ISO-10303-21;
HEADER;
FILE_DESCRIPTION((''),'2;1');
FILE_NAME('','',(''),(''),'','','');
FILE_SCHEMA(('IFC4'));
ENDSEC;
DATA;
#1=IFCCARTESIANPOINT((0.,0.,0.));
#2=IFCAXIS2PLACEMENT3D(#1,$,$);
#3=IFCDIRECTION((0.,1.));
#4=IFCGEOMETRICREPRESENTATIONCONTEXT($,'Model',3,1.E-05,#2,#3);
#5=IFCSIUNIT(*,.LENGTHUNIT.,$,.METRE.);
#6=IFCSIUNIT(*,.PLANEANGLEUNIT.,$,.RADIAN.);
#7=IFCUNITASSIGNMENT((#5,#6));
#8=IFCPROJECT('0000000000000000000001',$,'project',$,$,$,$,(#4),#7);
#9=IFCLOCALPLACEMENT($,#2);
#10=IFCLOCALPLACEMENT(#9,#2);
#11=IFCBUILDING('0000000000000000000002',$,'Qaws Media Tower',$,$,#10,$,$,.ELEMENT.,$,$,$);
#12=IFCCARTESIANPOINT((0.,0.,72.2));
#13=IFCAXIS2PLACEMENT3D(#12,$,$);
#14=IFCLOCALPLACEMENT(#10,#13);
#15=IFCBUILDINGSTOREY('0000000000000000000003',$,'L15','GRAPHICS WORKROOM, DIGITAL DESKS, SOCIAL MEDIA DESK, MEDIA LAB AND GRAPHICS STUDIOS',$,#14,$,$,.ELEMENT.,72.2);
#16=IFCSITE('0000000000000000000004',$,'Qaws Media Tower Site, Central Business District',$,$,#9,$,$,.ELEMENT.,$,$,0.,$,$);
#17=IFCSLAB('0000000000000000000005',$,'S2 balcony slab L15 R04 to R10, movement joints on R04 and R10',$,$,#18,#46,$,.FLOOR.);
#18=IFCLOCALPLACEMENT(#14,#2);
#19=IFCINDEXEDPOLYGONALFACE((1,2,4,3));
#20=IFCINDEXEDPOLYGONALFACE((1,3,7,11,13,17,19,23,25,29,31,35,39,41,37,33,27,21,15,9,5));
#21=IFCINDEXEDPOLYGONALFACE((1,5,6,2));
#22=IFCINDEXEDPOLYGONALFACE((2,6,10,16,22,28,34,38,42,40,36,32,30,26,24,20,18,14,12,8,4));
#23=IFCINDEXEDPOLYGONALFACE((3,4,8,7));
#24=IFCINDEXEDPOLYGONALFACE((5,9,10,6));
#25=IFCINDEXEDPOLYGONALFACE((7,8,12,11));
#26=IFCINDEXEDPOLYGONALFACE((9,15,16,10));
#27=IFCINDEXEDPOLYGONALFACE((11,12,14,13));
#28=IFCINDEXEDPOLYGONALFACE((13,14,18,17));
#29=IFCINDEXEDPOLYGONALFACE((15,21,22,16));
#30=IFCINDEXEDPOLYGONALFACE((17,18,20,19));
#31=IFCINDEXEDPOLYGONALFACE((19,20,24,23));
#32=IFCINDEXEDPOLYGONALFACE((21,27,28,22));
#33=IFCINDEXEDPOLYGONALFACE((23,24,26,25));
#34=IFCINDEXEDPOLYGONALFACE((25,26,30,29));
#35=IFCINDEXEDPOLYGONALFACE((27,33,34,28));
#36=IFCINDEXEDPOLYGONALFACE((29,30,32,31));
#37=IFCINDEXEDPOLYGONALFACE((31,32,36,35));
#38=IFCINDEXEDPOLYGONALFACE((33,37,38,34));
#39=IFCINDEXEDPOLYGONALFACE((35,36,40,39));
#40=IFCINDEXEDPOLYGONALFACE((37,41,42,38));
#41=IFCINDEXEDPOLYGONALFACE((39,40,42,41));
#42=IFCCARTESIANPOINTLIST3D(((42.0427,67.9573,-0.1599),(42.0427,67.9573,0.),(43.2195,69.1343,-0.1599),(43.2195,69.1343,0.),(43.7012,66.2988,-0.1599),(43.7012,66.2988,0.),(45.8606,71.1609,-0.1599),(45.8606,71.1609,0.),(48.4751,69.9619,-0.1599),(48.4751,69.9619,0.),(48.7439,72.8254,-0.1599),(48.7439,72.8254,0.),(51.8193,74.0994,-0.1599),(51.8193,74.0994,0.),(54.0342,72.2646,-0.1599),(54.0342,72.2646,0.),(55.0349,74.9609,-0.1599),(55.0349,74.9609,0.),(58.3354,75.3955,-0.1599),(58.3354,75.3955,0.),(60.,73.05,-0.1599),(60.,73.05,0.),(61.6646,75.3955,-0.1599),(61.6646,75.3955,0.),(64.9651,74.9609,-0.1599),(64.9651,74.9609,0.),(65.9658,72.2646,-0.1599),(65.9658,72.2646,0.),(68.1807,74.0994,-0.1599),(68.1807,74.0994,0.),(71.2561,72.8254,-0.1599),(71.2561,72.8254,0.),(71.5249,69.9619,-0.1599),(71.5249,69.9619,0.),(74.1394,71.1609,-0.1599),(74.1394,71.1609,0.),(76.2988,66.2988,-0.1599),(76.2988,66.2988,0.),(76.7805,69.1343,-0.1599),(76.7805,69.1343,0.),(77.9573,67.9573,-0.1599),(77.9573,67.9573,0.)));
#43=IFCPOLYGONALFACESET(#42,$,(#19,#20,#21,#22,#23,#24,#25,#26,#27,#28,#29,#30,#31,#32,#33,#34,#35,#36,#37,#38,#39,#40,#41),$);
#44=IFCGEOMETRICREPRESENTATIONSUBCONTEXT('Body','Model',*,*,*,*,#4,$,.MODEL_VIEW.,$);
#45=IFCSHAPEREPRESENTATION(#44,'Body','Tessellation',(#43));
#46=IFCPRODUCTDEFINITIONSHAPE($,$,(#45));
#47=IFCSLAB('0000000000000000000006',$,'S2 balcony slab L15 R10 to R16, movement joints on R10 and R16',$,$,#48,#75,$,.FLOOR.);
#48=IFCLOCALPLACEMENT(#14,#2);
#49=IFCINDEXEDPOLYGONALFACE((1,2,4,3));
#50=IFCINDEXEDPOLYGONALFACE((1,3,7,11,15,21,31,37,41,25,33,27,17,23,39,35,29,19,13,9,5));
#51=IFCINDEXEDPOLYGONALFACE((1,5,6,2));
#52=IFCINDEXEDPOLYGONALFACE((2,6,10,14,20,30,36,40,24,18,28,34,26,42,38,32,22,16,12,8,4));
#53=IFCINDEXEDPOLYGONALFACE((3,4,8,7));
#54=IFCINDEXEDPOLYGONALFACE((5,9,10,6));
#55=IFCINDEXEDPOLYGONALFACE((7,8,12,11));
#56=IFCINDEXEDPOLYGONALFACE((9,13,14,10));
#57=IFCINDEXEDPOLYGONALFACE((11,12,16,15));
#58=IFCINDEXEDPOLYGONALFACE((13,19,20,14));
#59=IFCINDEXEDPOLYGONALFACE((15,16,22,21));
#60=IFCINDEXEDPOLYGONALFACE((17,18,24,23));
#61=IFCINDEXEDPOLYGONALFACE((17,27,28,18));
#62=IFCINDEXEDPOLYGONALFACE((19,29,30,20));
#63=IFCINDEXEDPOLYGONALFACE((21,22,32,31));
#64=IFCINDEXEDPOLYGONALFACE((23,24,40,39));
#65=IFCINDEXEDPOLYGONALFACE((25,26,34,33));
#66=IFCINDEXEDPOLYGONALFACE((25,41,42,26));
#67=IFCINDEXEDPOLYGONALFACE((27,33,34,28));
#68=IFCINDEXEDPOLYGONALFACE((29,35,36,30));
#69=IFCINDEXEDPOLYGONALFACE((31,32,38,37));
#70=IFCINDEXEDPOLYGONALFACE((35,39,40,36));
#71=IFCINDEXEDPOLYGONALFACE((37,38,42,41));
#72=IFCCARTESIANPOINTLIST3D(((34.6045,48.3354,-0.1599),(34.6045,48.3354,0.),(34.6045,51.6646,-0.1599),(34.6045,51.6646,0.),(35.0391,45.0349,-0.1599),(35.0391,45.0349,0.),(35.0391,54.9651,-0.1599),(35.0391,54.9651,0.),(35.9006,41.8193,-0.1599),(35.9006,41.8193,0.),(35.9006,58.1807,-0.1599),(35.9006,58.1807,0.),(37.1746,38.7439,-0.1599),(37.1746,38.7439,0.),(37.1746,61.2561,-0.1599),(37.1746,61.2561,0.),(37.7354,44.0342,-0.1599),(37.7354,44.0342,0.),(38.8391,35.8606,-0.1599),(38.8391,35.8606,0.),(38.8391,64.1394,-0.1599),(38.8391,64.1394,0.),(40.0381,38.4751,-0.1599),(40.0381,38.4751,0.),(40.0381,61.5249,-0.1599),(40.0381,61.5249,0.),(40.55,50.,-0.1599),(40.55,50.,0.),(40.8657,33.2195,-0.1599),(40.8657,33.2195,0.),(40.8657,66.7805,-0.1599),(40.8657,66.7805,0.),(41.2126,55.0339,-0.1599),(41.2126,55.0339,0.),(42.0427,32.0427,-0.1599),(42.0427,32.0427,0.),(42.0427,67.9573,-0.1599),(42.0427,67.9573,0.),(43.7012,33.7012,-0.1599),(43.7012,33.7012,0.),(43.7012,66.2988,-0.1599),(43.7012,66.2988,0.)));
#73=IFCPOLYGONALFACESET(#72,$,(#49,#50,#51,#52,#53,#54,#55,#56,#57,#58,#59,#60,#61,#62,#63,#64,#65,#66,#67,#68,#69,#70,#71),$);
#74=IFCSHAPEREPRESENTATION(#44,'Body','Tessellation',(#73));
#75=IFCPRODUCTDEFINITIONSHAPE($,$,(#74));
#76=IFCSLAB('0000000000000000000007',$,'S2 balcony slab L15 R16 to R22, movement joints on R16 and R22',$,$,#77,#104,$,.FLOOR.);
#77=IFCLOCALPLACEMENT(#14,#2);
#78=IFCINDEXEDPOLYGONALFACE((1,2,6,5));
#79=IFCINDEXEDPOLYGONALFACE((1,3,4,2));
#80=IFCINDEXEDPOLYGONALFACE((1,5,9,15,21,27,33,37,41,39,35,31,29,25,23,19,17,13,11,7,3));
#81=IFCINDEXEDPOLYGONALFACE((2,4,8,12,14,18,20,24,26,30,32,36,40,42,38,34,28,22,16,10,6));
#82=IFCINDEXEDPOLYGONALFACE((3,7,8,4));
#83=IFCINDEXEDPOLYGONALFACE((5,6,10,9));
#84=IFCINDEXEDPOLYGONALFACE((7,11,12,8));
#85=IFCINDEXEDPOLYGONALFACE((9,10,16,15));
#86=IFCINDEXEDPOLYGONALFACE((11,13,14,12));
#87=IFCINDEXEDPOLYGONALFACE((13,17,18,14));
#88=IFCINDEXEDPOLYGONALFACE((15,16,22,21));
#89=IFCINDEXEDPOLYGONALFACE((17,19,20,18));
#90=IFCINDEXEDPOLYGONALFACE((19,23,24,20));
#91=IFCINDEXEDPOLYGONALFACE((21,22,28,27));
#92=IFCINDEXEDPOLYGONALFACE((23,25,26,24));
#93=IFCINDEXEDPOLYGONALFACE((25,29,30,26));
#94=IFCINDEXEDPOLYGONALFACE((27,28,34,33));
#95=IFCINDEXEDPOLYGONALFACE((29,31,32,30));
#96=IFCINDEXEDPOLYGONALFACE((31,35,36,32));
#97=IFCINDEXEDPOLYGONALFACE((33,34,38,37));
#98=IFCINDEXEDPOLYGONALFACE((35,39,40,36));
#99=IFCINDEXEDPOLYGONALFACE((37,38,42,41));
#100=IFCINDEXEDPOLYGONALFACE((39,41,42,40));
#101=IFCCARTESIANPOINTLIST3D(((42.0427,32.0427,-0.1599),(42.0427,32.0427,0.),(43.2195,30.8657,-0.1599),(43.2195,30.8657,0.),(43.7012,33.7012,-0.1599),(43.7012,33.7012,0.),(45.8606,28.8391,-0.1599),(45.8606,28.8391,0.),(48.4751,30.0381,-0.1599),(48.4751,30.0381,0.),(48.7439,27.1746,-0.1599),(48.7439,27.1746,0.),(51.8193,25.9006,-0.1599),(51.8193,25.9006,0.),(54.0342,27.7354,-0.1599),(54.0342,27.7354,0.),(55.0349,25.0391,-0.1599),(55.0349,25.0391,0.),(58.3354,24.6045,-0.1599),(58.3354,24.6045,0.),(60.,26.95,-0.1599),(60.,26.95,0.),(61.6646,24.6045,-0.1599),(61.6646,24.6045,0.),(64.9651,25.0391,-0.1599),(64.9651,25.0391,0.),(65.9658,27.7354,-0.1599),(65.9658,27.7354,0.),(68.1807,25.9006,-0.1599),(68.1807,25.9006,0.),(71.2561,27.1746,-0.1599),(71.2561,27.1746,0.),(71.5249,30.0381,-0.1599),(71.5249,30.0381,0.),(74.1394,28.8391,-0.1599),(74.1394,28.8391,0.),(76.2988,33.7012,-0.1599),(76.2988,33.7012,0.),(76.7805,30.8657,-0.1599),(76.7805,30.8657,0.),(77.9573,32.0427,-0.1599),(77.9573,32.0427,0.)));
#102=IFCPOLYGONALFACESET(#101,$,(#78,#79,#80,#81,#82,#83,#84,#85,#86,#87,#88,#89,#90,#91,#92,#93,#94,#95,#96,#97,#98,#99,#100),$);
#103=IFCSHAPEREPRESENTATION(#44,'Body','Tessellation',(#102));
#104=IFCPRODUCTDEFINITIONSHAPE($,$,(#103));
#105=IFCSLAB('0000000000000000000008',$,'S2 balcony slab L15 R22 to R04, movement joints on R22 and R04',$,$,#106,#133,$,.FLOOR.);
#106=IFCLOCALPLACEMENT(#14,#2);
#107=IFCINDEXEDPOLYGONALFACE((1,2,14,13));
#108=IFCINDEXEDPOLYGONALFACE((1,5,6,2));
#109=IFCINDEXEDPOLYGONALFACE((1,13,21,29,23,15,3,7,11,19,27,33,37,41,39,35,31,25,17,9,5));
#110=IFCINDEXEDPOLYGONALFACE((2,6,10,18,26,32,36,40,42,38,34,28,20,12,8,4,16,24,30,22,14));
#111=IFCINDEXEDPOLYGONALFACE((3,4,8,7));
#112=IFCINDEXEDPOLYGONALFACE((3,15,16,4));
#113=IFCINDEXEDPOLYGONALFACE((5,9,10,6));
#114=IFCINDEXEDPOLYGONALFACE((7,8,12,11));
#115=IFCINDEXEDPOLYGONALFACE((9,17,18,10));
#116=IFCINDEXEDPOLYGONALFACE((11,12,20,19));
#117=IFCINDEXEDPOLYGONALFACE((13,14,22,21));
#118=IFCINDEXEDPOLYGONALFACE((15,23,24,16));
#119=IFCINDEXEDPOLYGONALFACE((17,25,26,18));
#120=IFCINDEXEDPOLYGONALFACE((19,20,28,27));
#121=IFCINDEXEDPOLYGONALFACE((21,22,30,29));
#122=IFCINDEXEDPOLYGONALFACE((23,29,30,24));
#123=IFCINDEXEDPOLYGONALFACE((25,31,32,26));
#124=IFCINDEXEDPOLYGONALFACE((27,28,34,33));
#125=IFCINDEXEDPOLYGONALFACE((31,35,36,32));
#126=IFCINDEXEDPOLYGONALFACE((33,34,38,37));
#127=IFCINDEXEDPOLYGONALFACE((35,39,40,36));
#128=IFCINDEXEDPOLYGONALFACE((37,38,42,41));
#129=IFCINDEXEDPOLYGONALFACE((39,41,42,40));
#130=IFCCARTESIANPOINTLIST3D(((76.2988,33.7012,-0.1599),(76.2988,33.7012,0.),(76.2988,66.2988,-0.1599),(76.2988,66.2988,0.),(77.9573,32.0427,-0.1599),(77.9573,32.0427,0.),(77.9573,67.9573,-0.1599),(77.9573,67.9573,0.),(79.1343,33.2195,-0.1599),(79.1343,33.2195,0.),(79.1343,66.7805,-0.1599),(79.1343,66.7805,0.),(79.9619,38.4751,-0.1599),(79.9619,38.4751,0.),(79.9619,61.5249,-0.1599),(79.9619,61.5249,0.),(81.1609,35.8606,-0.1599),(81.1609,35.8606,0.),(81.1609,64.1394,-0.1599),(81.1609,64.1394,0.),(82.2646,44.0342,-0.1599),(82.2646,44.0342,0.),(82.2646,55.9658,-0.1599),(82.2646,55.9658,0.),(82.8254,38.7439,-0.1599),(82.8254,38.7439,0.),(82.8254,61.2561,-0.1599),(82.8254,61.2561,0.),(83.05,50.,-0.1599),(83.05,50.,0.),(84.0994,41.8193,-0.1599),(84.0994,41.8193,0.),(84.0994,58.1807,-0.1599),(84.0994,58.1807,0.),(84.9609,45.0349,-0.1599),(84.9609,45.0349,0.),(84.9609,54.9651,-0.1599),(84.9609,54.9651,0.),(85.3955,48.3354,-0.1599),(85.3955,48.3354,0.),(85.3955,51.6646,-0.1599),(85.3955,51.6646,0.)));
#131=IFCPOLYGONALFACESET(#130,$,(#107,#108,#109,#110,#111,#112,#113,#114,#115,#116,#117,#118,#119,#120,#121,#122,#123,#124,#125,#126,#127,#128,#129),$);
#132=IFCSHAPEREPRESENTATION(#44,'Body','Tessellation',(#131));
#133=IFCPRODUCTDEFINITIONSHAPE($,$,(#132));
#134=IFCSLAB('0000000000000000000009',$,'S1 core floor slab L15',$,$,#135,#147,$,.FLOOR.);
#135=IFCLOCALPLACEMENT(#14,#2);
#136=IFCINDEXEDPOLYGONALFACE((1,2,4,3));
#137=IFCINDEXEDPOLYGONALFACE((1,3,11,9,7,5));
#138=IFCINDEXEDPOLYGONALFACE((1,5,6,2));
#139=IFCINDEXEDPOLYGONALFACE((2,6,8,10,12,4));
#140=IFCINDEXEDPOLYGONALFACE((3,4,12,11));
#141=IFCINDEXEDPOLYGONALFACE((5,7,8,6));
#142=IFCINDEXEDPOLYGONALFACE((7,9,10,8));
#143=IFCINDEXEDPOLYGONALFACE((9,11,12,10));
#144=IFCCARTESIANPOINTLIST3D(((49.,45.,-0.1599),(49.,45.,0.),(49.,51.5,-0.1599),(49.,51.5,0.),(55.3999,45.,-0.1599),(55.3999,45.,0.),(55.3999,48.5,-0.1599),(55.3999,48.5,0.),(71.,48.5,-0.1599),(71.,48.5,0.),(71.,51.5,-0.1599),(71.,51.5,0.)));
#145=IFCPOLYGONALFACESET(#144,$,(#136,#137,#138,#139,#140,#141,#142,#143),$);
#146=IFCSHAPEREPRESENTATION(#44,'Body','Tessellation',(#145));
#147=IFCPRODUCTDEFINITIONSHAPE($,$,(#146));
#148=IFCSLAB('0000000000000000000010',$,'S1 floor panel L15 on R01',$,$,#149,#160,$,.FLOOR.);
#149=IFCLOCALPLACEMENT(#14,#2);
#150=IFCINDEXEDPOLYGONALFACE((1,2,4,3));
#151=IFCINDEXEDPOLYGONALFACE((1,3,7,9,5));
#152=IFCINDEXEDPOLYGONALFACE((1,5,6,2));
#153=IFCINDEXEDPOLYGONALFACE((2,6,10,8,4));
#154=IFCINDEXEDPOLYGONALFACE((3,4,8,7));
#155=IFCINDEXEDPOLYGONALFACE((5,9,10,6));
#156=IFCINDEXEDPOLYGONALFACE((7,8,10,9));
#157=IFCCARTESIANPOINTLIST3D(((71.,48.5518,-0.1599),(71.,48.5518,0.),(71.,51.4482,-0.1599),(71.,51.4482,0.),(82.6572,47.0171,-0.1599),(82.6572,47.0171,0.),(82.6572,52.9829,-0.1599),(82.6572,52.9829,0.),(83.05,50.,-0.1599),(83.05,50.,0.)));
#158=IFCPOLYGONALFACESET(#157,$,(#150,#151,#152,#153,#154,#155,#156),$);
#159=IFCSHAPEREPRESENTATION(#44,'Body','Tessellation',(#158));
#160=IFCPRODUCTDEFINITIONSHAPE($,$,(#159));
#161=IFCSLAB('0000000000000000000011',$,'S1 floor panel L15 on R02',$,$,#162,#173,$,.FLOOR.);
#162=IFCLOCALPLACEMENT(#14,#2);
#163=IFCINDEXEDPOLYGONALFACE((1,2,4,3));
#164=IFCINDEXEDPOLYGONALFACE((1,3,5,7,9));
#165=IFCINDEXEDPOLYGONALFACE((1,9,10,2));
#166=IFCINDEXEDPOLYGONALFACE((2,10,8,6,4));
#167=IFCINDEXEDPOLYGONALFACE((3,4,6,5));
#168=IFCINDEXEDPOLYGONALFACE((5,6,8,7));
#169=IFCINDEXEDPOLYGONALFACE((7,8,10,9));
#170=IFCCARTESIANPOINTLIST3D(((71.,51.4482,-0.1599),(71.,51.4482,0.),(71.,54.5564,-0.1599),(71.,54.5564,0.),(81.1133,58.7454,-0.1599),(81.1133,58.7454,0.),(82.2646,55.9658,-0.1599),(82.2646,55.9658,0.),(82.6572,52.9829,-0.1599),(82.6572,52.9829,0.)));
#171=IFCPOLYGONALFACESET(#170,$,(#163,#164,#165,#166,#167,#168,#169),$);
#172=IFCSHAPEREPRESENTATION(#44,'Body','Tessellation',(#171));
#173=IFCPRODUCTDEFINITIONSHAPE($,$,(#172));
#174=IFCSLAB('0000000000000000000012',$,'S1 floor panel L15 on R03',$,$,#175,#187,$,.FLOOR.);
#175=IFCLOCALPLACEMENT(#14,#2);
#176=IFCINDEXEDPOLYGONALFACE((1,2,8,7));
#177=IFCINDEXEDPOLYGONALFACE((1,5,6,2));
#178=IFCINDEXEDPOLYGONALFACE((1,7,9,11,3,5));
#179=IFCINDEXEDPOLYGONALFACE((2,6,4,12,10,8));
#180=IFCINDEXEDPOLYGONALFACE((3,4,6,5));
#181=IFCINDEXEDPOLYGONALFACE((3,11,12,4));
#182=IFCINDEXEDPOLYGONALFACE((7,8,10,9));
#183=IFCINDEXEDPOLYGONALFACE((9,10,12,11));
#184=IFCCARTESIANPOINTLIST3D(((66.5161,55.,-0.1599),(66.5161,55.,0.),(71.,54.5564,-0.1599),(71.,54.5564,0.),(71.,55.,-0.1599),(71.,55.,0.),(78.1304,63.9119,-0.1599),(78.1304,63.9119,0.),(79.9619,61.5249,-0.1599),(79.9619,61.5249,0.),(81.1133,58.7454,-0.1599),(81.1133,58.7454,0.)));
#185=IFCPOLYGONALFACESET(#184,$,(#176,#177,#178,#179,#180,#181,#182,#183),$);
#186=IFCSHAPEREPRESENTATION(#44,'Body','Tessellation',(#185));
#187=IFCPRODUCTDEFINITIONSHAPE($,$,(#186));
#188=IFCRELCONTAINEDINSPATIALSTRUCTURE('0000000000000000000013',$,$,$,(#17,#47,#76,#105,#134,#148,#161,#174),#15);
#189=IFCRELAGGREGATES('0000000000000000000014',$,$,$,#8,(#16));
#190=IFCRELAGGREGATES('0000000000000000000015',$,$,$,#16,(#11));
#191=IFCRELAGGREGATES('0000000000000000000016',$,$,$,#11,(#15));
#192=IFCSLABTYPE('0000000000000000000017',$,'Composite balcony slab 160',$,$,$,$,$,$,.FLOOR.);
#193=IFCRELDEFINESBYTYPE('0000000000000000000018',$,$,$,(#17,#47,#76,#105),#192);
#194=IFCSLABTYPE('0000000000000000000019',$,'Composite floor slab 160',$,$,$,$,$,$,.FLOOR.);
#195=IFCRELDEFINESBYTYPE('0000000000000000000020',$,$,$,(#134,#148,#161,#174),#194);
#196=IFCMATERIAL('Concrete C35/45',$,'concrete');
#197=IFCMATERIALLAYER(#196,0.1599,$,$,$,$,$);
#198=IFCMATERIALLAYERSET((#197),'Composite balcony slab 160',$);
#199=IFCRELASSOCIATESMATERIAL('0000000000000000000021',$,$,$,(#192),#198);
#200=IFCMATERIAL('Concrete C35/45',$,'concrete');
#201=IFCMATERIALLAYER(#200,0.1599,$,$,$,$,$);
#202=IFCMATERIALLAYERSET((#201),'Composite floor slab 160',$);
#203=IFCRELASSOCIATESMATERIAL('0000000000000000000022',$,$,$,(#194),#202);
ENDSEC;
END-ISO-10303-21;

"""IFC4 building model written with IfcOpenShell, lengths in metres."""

from ifc_helpers import new_model, si_unit, direction, frame, origin, place, context, subcontext, project, spatial, polyline, outline, extrude, material, layer, layer_set, type_object, element, save


model = new_model("IFC4")

# Units and contexts
model_context = context("Model", 3, precision=1e-05, world=origin(), true_north=direction((0.0, 1.0)))
body_context = subcontext(model_context, "Body", "Model", "MODEL_VIEW")
ifc_project = project(units=[si_unit("LENGTHUNIT", "METRE"), si_unit("PLANEANGLEUNIT", "RADIAN")], contexts=[model_context])

# Site, building, storey
site_placement = place(None, origin())
site = spatial("IfcSite", under=ifc_project, at=site_placement, Name="Qaws Media Tower Site, Central Business District", CompositionType="ELEMENT", RefElevation=0.0)
building_placement = place(site_placement, origin())
building = spatial("IfcBuilding", under=site, at=building_placement, Name="Qaws Media Tower", CompositionType="ELEMENT")
storey_placement = place(building_placement, frame((0.0, 0.0, 72.2)))
storey = spatial("IfcBuildingStorey", under=building, at=storey_placement, Name="L15", Description="GRAPHICS WORKROOM, DIGITAL DESKS, SOCIAL MEDIA DESK, MEDIA LAB AND GRAPHICS STUDIOS", CompositionType="ELEMENT", Elevation=72.2)

# Slabs
ifc_material_1 = material(Name="Concrete C35/45", Category="concrete")
ifc_layer_1 = layer(ifc_material_1, 0.1599)
ifc_layer_set_1 = layer_set([ifc_layer_1], Name="Composite balcony slab 160")
slab_type_1 = type_object("IfcSlabType", Name="Composite balcony slab 160", PredefinedType="FLOOR", material=ifc_layer_set_1)
slab_1_placement = place(storey_placement, frame((0.0, 0.0, -0.1599)))
element("IfcSlab", 1, at=slab_1_placement, inside=storey, type_object=slab_type_1, Name="S2 balcony slab L15 R04 to R10, movement joints on R04 and R10", PredefinedType="FLOOR", context=body_context, shape_type="SweptSolid", body=[
    extrude(outline(polyline([(43.2195, 69.1343), (45.8606, 71.1609), (48.7439, 72.8254), (51.8193, 74.0994), (55.0349, 74.9609), (58.3354, 75.3955), (61.6646, 75.3955), (64.9651, 74.9609), (68.1807, 74.0994), (71.2561, 72.8254), (74.1394, 71.1609), (76.7805, 69.1343), (77.9573, 67.9573), (76.2988, 66.2988), (71.5249, 69.9619), (65.9658, 72.2646), (60.0, 73.05), (54.0342, 72.2646), (48.4751, 69.9619), (43.7012, 66.2988), (42.0427, 67.9573), (43.2195, 69.1343)])), origin(), (0.0, 0.0, 1.0), 0.1599),
])
slab_2_placement = place(storey_placement, frame((0.0, 0.0, -0.1599)))
element("IfcSlab", 2, at=slab_2_placement, inside=storey, type_object=slab_type_1, Name="S2 balcony slab L15 R10 to R16, movement joints on R10 and R16", PredefinedType="FLOOR", context=body_context, shape_type="SweptSolid", body=[
    extrude(outline(polyline([(40.8657, 33.2195), (38.8391, 35.8606), (37.1746, 38.7439), (35.9006, 41.8193), (35.0391, 45.0349), (34.6045, 48.3354), (34.6045, 51.6646), (35.0391, 54.9651), (35.9006, 58.1807), (37.1746, 61.2561), (38.8391, 64.1394), (40.8657, 66.7805), (42.0427, 67.9573), (43.7012, 66.2988), (40.0381, 61.5249), (41.2126, 55.0339), (40.55, 50.0), (37.7354, 44.0342), (40.0381, 38.4751), (43.7012, 33.7012), (42.0427, 32.0427), (40.8657, 33.2195)])), origin(), (0.0, 0.0, 1.0), 0.1599),
])
slab_3_placement = place(storey_placement, frame((0.0, 0.0, -0.1599)))
element("IfcSlab", 3, at=slab_3_placement, inside=storey, type_object=slab_type_1, Name="S2 balcony slab L15 R16 to R22, movement joints on R16 and R22", PredefinedType="FLOOR", context=body_context, shape_type="SweptSolid", body=[
    extrude(outline(polyline([(76.7805, 30.8657), (74.1394, 28.8391), (71.2561, 27.1746), (68.1807, 25.9006), (64.9651, 25.0391), (61.6646, 24.6045), (58.3354, 24.6045), (55.0349, 25.0391), (51.8193, 25.9006), (48.7439, 27.1746), (45.8606, 28.8391), (43.2195, 30.8657), (42.0427, 32.0427), (43.7012, 33.7012), (48.4751, 30.0381), (54.0342, 27.7354), (60.0, 26.95), (65.9658, 27.7354), (71.5249, 30.0381), (76.2988, 33.7012), (77.9573, 32.0427), (76.7805, 30.8657)])), origin(), (0.0, 0.0, 1.0), 0.1599),
])
slab_4_placement = place(storey_placement, frame((0.0, 0.0, -0.1599)))
element("IfcSlab", 4, at=slab_4_placement, inside=storey, type_object=slab_type_1, Name="S2 balcony slab L15 R22 to R04, movement joints on R22 and R04", PredefinedType="FLOOR", context=body_context, shape_type="SweptSolid", body=[
    extrude(outline(polyline([(84.9609, 45.0349), (84.0994, 41.8193), (82.8254, 38.7439), (81.1609, 35.8606), (79.1343, 33.2195), (77.9573, 32.0427), (76.2988, 33.7012), (79.9619, 38.4751), (82.2646, 44.0342), (83.05, 50.0), (82.2646, 55.9658), (79.9619, 61.5249), (76.2988, 66.2988), (77.9573, 67.9573), (79.1343, 66.7805), (81.1609, 64.1394), (82.8254, 61.2561), (84.0994, 58.1807), (84.9609, 54.9651), (85.3955, 51.6646), (85.3955, 48.3354), (84.9609, 45.0349)])), origin(), (0.0, 0.0, 1.0), 0.1599),
])
ifc_material_2 = material(Name="Concrete C35/45", Category="concrete")
ifc_layer_2 = layer(ifc_material_2, 0.1599)
ifc_layer_set_2 = layer_set([ifc_layer_2], Name="Composite floor slab 160")
slab_type_2 = type_object("IfcSlabType", Name="Composite floor slab 160", PredefinedType="FLOOR", material=ifc_layer_set_2)
slab_5_placement = place(storey_placement, frame((0.0, 0.0, -0.1599)))
element("IfcSlab", 5, at=slab_5_placement, inside=storey, type_object=slab_type_2, Name="S1 core floor slab L15", PredefinedType="FLOOR", context=body_context, shape_type="SweptSolid", body=[
    extrude(outline(polyline([(71.0, 51.5), (71.0, 48.5), (55.3999, 48.5), (55.3999, 45.0), (49.0, 45.0), (49.0, 51.5), (71.0, 51.5)])), origin(), (0.0, 0.0, 1.0), 0.1599),
])
slab_6_placement = place(storey_placement, frame((0.0, 0.0, -0.1599)))
element("IfcSlab", 6, at=slab_6_placement, inside=storey, type_object=slab_type_2, Name="S1 floor panel L15 on R01", PredefinedType="FLOOR", context=body_context, shape_type="SweptSolid", body=[
    extrude(outline(polyline([(83.05, 50.0), (82.6572, 47.0171), (71.0, 48.5518), (71.0, 51.4482), (82.6572, 52.9829), (83.05, 50.0)])), origin(), (0.0, 0.0, 1.0), 0.1599),
])
slab_7_placement = place(storey_placement, frame((0.0, 0.0, -0.1599)))
element("IfcSlab", 7, at=slab_7_placement, inside=storey, type_object=slab_type_2, Name="S1 floor panel L15 on R02", PredefinedType="FLOOR", context=body_context, shape_type="SweptSolid", body=[
    extrude(outline(polyline([(82.2646, 55.9658), (82.6572, 52.9829), (71.0, 51.4482), (71.0, 54.5564), (81.1133, 58.7454), (82.2646, 55.9658)])), origin(), (0.0, 0.0, 1.0), 0.1599),
])
slab_8_placement = place(storey_placement, frame((0.0, 0.0, -0.1599)))
element("IfcSlab", 8, at=slab_8_placement, inside=storey, type_object=slab_type_2, Name="S1 floor panel L15 on R03", PredefinedType="FLOOR", context=body_context, shape_type="SweptSolid", body=[
    extrude(outline(polyline([(79.9619, 61.5249), (81.1133, 58.7454), (71.0, 54.5564), (71.0, 55.0), (66.5161, 55.0), (78.1304, 63.9119), (79.9619, 61.5249)])), origin(), (0.0, 0.0, 1.0), 0.1599),
])

save(model, "model.ifc")
